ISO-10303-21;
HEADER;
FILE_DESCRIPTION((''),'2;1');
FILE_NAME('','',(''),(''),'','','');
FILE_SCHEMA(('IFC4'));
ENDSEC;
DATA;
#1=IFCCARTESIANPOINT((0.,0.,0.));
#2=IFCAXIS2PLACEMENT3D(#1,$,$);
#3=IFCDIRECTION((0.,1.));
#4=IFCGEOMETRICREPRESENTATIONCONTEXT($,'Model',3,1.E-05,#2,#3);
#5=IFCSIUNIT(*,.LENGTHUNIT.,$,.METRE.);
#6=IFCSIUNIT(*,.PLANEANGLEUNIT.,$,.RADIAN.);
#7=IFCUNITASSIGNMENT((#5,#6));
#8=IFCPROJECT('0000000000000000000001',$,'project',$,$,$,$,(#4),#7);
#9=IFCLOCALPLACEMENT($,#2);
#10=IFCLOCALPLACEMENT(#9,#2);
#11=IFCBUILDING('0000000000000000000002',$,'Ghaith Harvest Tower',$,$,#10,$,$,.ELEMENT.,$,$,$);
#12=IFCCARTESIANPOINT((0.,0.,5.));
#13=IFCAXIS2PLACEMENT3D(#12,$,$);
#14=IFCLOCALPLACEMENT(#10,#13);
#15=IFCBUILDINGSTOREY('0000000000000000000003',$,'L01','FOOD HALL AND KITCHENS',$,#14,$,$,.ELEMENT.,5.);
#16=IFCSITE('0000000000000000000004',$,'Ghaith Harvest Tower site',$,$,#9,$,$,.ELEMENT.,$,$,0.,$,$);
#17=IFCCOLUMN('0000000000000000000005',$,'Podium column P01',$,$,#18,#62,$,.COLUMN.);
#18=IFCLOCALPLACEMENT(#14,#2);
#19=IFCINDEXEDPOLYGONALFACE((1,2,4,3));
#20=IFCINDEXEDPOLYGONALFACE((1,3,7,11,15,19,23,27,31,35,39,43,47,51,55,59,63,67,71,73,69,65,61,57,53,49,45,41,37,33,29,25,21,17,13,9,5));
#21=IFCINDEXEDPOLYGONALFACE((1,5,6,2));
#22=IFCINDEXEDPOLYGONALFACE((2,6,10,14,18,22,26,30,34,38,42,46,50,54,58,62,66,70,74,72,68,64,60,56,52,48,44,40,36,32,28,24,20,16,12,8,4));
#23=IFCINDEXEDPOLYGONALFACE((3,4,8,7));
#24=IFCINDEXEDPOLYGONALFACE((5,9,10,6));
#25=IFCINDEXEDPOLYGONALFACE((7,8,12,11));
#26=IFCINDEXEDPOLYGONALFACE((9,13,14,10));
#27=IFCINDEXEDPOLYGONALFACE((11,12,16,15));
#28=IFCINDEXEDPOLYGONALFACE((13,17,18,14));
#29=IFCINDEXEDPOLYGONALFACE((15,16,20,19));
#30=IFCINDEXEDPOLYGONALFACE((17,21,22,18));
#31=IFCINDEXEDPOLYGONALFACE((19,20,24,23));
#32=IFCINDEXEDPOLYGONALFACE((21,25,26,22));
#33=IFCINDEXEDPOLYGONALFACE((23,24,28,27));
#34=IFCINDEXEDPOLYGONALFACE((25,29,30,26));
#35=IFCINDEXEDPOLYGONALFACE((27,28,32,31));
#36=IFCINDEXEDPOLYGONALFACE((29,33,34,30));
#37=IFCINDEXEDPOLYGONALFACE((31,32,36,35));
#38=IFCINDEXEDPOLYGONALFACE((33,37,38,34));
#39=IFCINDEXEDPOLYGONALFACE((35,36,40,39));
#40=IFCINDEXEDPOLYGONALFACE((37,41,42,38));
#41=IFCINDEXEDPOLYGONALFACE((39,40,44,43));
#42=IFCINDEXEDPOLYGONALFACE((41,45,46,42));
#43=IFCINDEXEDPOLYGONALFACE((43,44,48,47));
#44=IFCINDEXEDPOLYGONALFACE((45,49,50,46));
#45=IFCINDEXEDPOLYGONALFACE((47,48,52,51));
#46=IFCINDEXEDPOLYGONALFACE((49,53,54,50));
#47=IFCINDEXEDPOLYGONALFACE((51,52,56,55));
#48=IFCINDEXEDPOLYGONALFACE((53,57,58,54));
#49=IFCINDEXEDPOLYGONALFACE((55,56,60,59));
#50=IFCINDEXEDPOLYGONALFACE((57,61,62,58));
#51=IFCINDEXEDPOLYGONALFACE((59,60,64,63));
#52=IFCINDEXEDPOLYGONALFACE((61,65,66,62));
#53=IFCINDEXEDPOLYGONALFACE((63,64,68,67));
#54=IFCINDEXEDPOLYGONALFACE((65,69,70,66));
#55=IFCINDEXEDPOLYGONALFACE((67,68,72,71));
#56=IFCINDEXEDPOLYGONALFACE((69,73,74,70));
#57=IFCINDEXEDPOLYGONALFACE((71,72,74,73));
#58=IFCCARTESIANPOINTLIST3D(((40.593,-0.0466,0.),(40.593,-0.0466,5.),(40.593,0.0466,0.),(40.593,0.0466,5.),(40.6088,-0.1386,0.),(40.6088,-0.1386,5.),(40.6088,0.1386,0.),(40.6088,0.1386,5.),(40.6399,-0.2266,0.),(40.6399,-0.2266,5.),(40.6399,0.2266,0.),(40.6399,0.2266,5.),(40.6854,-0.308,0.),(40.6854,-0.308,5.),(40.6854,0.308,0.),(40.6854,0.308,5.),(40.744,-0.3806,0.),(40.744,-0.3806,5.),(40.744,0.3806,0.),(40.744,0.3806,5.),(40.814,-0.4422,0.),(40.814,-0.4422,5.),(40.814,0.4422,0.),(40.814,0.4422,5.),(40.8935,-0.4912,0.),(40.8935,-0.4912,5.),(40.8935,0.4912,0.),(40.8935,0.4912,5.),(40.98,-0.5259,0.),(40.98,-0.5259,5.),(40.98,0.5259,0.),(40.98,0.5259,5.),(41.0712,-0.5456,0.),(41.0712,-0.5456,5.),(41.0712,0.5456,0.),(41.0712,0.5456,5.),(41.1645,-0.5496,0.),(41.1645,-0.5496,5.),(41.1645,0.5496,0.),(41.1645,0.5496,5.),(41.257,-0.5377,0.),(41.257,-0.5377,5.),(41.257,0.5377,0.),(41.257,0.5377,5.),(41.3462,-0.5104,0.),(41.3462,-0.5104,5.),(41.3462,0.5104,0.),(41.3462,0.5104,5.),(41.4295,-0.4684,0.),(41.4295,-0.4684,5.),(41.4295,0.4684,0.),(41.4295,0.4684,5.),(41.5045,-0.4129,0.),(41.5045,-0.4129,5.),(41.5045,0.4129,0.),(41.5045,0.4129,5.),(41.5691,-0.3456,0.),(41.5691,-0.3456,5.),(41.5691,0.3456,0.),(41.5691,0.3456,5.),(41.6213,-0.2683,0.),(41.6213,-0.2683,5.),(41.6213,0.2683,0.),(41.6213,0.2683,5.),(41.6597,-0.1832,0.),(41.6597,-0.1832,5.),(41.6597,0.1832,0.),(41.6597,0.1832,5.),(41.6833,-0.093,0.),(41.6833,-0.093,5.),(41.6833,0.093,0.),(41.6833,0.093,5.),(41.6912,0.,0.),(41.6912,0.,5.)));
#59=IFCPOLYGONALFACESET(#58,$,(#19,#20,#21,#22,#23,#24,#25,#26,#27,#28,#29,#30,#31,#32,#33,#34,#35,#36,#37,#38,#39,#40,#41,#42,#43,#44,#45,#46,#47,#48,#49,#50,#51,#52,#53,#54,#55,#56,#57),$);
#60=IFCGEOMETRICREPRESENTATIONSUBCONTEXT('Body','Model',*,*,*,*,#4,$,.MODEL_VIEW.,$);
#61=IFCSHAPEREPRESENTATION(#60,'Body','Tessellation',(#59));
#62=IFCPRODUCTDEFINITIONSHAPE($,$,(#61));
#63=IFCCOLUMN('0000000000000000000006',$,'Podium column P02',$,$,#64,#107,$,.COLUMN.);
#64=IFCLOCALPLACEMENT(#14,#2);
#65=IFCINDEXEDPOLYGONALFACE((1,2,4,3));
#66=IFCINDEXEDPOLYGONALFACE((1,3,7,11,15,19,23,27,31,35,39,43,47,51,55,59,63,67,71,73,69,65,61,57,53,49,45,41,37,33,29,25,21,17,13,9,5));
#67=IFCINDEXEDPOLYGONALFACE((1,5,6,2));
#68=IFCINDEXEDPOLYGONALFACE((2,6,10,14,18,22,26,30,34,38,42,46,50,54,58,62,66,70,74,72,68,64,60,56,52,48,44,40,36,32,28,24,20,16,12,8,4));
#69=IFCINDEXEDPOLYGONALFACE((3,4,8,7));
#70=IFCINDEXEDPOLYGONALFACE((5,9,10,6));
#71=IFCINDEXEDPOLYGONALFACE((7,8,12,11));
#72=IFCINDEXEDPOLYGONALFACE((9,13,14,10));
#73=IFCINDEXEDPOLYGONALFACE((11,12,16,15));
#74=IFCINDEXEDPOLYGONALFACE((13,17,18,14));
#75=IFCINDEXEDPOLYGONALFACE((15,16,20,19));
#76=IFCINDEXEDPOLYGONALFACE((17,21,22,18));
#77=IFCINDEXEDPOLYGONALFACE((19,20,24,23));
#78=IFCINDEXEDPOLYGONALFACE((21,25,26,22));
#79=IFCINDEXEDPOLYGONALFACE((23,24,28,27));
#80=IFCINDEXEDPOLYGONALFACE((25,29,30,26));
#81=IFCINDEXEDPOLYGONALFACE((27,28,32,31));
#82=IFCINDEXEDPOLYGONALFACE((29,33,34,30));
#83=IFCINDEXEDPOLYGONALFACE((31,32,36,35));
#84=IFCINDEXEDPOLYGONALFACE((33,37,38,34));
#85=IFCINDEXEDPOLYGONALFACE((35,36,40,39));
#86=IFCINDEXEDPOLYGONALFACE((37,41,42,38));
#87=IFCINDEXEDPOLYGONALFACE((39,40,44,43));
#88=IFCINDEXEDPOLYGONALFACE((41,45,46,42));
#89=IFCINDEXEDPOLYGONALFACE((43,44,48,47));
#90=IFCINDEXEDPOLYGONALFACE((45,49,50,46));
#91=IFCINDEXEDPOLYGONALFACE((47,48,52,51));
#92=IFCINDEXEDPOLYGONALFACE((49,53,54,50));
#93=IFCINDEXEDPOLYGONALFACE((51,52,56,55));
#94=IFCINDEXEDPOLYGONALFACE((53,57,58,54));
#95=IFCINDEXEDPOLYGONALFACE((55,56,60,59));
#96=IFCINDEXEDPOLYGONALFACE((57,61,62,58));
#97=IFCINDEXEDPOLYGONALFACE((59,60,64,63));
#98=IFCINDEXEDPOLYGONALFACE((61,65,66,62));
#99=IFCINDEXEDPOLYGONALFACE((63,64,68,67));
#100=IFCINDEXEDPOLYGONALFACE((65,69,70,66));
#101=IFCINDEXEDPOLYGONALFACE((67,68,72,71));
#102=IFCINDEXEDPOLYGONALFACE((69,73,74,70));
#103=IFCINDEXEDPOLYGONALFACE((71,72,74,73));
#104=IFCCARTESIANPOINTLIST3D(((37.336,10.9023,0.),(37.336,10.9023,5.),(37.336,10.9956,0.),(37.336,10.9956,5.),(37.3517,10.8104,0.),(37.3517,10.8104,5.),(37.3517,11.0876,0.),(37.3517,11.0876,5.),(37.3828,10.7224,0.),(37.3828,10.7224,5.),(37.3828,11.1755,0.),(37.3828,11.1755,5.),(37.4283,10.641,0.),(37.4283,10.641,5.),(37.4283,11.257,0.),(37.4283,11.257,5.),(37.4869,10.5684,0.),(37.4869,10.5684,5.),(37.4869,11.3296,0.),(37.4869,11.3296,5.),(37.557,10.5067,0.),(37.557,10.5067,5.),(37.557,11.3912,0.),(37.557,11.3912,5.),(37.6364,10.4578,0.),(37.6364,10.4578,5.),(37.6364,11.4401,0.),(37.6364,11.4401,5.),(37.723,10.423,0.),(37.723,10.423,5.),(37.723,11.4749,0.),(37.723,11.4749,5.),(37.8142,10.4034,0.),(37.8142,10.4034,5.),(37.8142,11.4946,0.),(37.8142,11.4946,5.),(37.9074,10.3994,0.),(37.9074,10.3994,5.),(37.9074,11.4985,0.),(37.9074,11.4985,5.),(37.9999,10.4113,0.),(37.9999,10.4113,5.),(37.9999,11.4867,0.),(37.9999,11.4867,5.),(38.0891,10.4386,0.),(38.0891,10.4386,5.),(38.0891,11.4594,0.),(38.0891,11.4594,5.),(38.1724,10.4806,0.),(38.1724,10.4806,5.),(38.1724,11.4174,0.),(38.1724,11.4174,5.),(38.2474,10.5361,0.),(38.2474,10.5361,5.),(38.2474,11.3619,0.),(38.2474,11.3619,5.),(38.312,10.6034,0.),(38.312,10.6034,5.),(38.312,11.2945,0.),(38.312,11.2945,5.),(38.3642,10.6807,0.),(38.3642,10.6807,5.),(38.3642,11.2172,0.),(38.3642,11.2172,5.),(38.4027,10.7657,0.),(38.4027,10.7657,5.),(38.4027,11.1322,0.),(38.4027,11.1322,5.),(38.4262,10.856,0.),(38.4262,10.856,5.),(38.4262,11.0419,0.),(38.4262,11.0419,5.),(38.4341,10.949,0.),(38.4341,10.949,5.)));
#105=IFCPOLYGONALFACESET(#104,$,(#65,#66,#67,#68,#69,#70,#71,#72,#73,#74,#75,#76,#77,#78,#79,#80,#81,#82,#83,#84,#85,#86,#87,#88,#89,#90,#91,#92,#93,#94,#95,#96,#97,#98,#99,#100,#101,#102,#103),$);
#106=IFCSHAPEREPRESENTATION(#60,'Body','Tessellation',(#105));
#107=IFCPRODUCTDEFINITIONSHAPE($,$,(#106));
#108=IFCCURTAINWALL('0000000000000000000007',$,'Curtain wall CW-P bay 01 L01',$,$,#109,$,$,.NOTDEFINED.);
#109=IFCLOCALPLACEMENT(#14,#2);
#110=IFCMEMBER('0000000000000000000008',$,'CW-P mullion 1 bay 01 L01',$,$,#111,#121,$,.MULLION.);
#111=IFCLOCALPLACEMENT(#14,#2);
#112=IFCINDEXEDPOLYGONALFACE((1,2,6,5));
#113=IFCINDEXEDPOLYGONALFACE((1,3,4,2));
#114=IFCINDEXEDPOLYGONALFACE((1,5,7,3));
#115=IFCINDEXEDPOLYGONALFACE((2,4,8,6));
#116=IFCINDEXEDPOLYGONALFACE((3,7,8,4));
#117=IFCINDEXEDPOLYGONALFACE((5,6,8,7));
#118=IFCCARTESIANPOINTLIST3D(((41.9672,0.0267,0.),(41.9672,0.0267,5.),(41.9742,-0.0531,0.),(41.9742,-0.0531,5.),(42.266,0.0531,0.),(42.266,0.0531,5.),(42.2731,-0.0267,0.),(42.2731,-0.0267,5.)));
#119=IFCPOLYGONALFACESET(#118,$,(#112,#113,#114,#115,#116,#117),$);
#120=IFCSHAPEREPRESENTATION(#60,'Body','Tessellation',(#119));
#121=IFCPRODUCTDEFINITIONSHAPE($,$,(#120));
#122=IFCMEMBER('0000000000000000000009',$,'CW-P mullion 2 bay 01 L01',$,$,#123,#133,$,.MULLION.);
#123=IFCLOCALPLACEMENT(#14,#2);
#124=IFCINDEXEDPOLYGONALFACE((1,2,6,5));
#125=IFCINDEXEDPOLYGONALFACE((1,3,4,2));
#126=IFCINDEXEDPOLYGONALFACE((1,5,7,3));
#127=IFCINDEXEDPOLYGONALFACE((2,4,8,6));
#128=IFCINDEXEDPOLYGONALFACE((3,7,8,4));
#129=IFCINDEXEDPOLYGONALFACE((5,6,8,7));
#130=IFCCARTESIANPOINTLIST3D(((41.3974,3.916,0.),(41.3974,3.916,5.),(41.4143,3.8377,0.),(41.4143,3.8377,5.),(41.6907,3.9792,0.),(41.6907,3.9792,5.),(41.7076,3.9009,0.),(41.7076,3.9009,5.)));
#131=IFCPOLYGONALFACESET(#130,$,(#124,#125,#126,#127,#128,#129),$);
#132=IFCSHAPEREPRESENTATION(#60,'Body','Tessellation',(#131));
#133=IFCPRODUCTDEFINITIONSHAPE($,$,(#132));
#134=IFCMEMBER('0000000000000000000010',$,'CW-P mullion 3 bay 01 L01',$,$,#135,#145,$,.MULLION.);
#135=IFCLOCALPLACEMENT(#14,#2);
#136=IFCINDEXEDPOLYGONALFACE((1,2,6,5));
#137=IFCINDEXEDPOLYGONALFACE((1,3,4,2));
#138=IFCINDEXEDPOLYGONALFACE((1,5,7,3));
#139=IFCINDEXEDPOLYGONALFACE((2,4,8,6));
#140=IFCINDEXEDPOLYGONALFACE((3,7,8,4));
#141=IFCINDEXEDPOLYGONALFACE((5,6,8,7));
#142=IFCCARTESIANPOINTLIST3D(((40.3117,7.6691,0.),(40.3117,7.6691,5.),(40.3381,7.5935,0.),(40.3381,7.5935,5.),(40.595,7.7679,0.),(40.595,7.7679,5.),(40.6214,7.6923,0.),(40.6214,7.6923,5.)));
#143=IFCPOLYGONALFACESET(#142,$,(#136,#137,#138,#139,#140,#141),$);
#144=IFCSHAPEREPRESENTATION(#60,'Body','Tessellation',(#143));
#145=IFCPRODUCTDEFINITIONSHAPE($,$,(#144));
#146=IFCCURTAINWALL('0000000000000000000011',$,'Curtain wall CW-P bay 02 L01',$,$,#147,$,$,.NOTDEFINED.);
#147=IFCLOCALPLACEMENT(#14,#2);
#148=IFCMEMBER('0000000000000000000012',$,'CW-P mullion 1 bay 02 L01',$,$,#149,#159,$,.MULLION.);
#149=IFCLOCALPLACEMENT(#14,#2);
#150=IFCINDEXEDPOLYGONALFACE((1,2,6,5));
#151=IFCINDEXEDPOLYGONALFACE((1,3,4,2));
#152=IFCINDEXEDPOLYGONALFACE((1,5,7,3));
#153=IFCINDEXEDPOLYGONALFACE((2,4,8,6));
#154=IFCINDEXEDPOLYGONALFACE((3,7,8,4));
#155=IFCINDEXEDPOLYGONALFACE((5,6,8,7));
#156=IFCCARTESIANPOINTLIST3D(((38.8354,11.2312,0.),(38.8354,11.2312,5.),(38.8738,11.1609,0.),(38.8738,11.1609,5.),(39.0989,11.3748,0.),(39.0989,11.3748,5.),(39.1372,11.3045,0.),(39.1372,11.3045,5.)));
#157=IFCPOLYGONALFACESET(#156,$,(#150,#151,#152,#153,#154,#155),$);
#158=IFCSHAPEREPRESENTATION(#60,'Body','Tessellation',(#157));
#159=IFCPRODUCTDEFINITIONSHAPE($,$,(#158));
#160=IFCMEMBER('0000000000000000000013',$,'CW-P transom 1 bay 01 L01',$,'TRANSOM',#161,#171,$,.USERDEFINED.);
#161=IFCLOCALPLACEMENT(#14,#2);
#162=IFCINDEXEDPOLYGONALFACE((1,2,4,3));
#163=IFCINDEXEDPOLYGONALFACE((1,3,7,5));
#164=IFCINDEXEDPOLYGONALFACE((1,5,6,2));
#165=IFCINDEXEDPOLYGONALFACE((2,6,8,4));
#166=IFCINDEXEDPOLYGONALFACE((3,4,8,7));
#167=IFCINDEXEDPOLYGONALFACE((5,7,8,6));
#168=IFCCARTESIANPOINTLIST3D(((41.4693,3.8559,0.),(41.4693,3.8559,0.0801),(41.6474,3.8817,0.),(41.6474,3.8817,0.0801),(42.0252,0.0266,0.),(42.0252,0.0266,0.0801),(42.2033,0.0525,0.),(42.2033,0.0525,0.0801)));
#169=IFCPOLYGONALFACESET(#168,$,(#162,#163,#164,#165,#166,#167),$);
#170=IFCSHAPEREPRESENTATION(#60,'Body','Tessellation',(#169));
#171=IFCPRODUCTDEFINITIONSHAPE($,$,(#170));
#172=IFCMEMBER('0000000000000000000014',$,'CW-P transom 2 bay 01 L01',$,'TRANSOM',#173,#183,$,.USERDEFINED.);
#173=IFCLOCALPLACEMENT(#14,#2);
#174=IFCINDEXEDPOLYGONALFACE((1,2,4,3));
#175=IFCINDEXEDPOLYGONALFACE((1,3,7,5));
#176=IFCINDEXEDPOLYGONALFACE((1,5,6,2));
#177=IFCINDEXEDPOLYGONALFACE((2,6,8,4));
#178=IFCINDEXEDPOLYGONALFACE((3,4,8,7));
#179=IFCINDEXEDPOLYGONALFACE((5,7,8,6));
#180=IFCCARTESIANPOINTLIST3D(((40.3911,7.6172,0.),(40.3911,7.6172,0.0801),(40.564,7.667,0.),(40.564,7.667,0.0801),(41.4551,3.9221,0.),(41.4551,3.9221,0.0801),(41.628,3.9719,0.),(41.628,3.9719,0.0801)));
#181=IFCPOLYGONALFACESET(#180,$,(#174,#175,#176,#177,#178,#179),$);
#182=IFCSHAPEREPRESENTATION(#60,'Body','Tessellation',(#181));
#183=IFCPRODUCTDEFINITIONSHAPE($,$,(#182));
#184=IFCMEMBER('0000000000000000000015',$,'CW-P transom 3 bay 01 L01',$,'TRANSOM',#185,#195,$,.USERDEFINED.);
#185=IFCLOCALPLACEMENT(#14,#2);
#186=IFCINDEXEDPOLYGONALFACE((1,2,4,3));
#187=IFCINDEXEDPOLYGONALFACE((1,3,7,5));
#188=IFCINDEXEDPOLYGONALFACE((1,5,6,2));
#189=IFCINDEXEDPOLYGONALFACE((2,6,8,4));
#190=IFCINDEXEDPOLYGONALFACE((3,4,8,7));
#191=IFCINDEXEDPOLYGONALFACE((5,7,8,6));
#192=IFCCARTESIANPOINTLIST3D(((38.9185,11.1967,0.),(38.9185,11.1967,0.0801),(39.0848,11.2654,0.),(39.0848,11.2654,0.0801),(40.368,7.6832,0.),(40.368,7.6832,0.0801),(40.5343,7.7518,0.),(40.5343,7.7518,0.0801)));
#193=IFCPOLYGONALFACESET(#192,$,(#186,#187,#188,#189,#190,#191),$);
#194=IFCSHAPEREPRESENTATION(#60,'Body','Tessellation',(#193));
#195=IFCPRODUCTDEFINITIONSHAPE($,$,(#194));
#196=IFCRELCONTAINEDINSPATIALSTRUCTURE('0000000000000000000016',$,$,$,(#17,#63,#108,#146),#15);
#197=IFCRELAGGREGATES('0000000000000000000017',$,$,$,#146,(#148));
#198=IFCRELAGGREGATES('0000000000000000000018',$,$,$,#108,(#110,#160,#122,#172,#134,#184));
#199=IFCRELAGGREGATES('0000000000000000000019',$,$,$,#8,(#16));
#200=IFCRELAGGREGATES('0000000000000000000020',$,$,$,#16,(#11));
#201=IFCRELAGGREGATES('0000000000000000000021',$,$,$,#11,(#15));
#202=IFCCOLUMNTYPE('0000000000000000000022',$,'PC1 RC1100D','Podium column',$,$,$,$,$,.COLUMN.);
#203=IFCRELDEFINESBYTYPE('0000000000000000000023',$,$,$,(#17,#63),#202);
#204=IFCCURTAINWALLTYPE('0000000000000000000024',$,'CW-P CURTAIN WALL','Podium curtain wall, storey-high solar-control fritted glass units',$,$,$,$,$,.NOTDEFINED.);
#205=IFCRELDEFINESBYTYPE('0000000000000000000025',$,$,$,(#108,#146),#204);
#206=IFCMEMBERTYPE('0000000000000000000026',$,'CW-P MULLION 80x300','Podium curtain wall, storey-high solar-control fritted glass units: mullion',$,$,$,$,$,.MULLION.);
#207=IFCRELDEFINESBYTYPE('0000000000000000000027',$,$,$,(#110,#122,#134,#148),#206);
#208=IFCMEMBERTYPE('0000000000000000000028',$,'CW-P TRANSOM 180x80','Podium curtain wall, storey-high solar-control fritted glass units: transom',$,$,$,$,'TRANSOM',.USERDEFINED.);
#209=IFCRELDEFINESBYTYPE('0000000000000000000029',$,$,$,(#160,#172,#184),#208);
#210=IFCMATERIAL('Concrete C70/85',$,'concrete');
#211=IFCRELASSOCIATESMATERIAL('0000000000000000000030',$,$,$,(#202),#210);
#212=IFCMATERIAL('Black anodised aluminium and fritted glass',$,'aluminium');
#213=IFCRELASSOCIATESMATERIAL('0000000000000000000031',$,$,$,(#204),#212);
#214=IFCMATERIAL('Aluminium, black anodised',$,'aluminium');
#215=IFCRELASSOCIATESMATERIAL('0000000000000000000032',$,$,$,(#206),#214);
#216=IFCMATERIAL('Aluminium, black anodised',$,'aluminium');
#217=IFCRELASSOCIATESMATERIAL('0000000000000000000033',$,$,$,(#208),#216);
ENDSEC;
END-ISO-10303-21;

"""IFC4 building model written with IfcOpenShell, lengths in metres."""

from ifc_helpers import new_model, si_unit, direction, frame, origin, origin_2d, place, context, subcontext, project, spatial, rectangle, circle, extrude, material, material_profile, profile_set, type_object, element, aggregate, save


model = new_model("IFC4")

# Units and contexts
model_context = context("Model", 3, precision=1e-05, world=origin(), true_north=direction((0.0, 1.0)))
body_context = subcontext(model_context, "Body", "Model", "MODEL_VIEW")
ifc_project = project(units=[si_unit("LENGTHUNIT", "METRE"), si_unit("PLANEANGLEUNIT", "RADIAN")], contexts=[model_context])

# Site, building, storey
site_placement = place(None, origin())
site = spatial("IfcSite", under=ifc_project, at=site_placement, Name="Ghaith Harvest Tower site", CompositionType="ELEMENT", RefElevation=0.0)
building_placement = place(site_placement, origin())
building = spatial("IfcBuilding", under=site, at=building_placement, Name="Ghaith Harvest Tower", CompositionType="ELEMENT")
storey_placement = place(building_placement, frame((0.0, 0.0, 5.0)))
storey = spatial("IfcBuildingStorey", under=building, at=storey_placement, Name="L01", Description="FOOD HALL AND KITCHENS", CompositionType="ELEMENT", Elevation=5.0)

# Columns
ifc_material_1 = material(Name="Concrete C70/85", Category="concrete")
ifc_material_profile_1 = material_profile(ifc_material_1, circle(Radius=0.55, at=origin_2d()), Name="RC1100D")
ifc_profile_set_1 = profile_set([ifc_material_profile_1], Name="Concrete C70/85")
column_type = type_object("IfcColumnType", Name="PC1 RC1100D", Description="Podium column", PredefinedType="COLUMN", material=ifc_profile_set_1)
for number, where, z_axis, x_axis, name in (
    (1, (41.1411, 0.0, 0.0), (0.0, 0.0, 1.0), (1.0, 0.0, 0.0), "Podium column P01"),
    (2, (37.884, 10.949, 0.0), (0.0, 0.0, 1.0), (1.0, 0.0, 0.0), "Podium column P02"),
):
    element("IfcColumn", number, at=place(storey_placement, frame(where, z_axis=z_axis, x_axis=x_axis)), inside=storey, type_object=column_type, Name=name, PredefinedType="COLUMN", context=body_context, shape_type="SweptSolid", body=[
        extrude(circle(Radius=0.55, at=origin_2d()), origin(), (0.0, 0.0, 1.0), 5.0),
    ])

# Curtain wall, members
ifc_material_2 = material(Name="Black anodised aluminium and fritted glass", Category="aluminium")
curtain_wall_type = type_object("IfcCurtainWallType", Name="CW-P CURTAIN WALL", Description="Podium curtain wall, storey-high solar-control fritted glass units", PredefinedType="NOTDEFINED", material=ifc_material_2)
curtain_wall_1_placement = place(storey_placement, origin())
curtain_wall_1 = element("IfcCurtainWall", 3, at=curtain_wall_1_placement, inside=storey, type_object=curtain_wall_type, Name="Curtain wall CW-P bay 01 L01", PredefinedType="NOTDEFINED")
ifc_material_3 = material(Name="Aluminium, black anodised", Category="aluminium")
ifc_material_profile_2 = material_profile(ifc_material_3, rectangle(XDim=0.0801, YDim=0.3, at=origin_2d()), Name="CW-P MULLION 80x300")
ifc_profile_set_2 = profile_set([ifc_material_profile_2], Name="Aluminium, black anodised")
member_type_1 = type_object("IfcMemberType", Name="CW-P MULLION 80x300", Description="Podium curtain wall, storey-high solar-control fritted glass units: mullion", PredefinedType="MULLION", material=ifc_profile_set_2)
member_1_placement = place(storey_placement, frame((42.1201, 0.0, 0.0), z_axis=(0.0, 0.0, 1.0), x_axis=(-0.087962, 0.996124, 0.0)))
member_1 = element("IfcMember", 4, at=member_1_placement, type_object=member_type_1, Name="CW-P mullion 1 bay 01 L01", PredefinedType="MULLION", context=body_context, shape_type="SweptSolid", body=[
    extrude(rectangle(XDim=0.0801, YDim=0.3, at=origin_2d()), origin(), (0.0, 0.0, 1.0), 5.0),
])
member_2_placement = place(storey_placement, frame((41.5525, 3.9084, 0.0), z_axis=(0.0, 0.0, 1.0), x_axis=(-0.210455, 0.977603, 0.0)))
member_2 = element("IfcMember", 5, at=member_2_placement, type_object=member_type_1, Name="CW-P mullion 2 bay 01 L01", PredefinedType="MULLION", context=body_context, shape_type="SweptSolid", body=[
    extrude(rectangle(XDim=0.0801, YDim=0.3, at=origin_2d()), origin(), (0.0, 0.0, 1.0), 5.0),
])
member_3_placement = place(storey_placement, frame((40.4666, 7.6807, 0.0), z_axis=(0.0, 0.0, 1.0), x_axis=(-0.329259, 0.94424, 0.0)))
member_3 = element("IfcMember", 6, at=member_3_placement, type_object=member_type_1, Name="CW-P mullion 3 bay 01 L01", PredefinedType="MULLION", context=body_context, shape_type="SweptSolid", body=[
    extrude(rectangle(XDim=0.0801, YDim=0.3, at=origin_2d()), origin(), (0.0, 0.0, 1.0), 5.0),
])

# Curtain wall, member
curtain_wall_2_placement = place(storey_placement, origin())
curtain_wall_2 = element("IfcCurtainWall", 7, at=curtain_wall_2_placement, inside=storey, type_object=curtain_wall_type, Name="Curtain wall CW-P bay 02 L01", PredefinedType="NOTDEFINED")
member_4_placement = place(storey_placement, frame((38.9863, 11.2678, 0.0), z_axis=(0.0, 0.0, 1.0), x_axis=(-0.478503, 0.878086, 0.0)))
member_4 = element("IfcMember", 8, at=member_4_placement, type_object=member_type_1, Name="CW-P mullion 1 bay 02 L01", PredefinedType="MULLION", context=body_context, shape_type="SweptSolid", body=[
    extrude(rectangle(XDim=0.0801, YDim=0.3, at=origin_2d()), origin(), (0.0, 0.0, 1.0), 5.0),
])

# Members
ifc_material_4 = material(Name="Aluminium, black anodised", Category="aluminium")
ifc_material_profile_3 = material_profile(ifc_material_4, rectangle(XDim=0.1799, YDim=0.0801, at=origin_2d()), Name="CW-P TRANSOM 180x80")
ifc_profile_set_3 = profile_set([ifc_material_profile_3], Name="Aluminium, black anodised")
member_type_2 = type_object("IfcMemberType", Name="CW-P TRANSOM 180x80", Description="Podium curtain wall, storey-high solar-control fritted glass units: transom", ElementType="TRANSOM", PredefinedType="USERDEFINED", material=ifc_profile_set_3)
member_5_placement = place(storey_placement, frame((42.1143, 0.0396, 0.04), z_axis=(-0.143665, 0.989626, 0.0), x_axis=(-0.989626, -0.143665, 0.0)))
member_5 = element("IfcMember", 9, at=member_5_placement, type_object=member_type_2, Name="CW-P transom 1 bay 01 L01", ObjectType="TRANSOM", PredefinedType="USERDEFINED", context=body_context, shape_type="SweptSolid", body=[
    extrude(rectangle(XDim=0.1799, YDim=0.0801, at=origin_2d()), origin(), (0.0, 0.0, 1.0), 3.8694),
])
member_6_placement = place(storey_placement, frame((41.5415, 3.947, 0.04), z_axis=(-0.2767, 0.960956, 0.0), x_axis=(-0.960956, -0.2767, 0.0)))
member_6 = element("IfcMember", 10, at=member_6_placement, type_object=member_type_2, Name="CW-P transom 2 bay 01 L01", ObjectType="TRANSOM", PredefinedType="USERDEFINED", context=body_context, shape_type="SweptSolid", body=[
    extrude(rectangle(XDim=0.1799, YDim=0.0801, at=origin_2d()), origin(), (0.0, 0.0, 1.0), 3.8452),
])
member_7_placement = place(storey_placement, frame((40.4512, 7.7175, 0.04), z_axis=(-0.38137, 0.924422, 0.0), x_axis=(-0.924422, -0.38137, 0.0)))
member_7 = element("IfcMember", 11, at=member_7_placement, type_object=member_type_2, Name="CW-P transom 3 bay 01 L01", ObjectType="TRANSOM", PredefinedType="USERDEFINED", context=body_context, shape_type="SweptSolid", body=[
    extrude(rectangle(XDim=0.1799, YDim=0.0801, at=origin_2d()), origin(), (0.0, 0.0, 1.0), 3.8008),
])
aggregate(curtain_wall_2, [member_4])

aggregate(curtain_wall_1, [member_1, member_5, member_2, member_6, member_3, member_7])

save(model, "model.ifc")
